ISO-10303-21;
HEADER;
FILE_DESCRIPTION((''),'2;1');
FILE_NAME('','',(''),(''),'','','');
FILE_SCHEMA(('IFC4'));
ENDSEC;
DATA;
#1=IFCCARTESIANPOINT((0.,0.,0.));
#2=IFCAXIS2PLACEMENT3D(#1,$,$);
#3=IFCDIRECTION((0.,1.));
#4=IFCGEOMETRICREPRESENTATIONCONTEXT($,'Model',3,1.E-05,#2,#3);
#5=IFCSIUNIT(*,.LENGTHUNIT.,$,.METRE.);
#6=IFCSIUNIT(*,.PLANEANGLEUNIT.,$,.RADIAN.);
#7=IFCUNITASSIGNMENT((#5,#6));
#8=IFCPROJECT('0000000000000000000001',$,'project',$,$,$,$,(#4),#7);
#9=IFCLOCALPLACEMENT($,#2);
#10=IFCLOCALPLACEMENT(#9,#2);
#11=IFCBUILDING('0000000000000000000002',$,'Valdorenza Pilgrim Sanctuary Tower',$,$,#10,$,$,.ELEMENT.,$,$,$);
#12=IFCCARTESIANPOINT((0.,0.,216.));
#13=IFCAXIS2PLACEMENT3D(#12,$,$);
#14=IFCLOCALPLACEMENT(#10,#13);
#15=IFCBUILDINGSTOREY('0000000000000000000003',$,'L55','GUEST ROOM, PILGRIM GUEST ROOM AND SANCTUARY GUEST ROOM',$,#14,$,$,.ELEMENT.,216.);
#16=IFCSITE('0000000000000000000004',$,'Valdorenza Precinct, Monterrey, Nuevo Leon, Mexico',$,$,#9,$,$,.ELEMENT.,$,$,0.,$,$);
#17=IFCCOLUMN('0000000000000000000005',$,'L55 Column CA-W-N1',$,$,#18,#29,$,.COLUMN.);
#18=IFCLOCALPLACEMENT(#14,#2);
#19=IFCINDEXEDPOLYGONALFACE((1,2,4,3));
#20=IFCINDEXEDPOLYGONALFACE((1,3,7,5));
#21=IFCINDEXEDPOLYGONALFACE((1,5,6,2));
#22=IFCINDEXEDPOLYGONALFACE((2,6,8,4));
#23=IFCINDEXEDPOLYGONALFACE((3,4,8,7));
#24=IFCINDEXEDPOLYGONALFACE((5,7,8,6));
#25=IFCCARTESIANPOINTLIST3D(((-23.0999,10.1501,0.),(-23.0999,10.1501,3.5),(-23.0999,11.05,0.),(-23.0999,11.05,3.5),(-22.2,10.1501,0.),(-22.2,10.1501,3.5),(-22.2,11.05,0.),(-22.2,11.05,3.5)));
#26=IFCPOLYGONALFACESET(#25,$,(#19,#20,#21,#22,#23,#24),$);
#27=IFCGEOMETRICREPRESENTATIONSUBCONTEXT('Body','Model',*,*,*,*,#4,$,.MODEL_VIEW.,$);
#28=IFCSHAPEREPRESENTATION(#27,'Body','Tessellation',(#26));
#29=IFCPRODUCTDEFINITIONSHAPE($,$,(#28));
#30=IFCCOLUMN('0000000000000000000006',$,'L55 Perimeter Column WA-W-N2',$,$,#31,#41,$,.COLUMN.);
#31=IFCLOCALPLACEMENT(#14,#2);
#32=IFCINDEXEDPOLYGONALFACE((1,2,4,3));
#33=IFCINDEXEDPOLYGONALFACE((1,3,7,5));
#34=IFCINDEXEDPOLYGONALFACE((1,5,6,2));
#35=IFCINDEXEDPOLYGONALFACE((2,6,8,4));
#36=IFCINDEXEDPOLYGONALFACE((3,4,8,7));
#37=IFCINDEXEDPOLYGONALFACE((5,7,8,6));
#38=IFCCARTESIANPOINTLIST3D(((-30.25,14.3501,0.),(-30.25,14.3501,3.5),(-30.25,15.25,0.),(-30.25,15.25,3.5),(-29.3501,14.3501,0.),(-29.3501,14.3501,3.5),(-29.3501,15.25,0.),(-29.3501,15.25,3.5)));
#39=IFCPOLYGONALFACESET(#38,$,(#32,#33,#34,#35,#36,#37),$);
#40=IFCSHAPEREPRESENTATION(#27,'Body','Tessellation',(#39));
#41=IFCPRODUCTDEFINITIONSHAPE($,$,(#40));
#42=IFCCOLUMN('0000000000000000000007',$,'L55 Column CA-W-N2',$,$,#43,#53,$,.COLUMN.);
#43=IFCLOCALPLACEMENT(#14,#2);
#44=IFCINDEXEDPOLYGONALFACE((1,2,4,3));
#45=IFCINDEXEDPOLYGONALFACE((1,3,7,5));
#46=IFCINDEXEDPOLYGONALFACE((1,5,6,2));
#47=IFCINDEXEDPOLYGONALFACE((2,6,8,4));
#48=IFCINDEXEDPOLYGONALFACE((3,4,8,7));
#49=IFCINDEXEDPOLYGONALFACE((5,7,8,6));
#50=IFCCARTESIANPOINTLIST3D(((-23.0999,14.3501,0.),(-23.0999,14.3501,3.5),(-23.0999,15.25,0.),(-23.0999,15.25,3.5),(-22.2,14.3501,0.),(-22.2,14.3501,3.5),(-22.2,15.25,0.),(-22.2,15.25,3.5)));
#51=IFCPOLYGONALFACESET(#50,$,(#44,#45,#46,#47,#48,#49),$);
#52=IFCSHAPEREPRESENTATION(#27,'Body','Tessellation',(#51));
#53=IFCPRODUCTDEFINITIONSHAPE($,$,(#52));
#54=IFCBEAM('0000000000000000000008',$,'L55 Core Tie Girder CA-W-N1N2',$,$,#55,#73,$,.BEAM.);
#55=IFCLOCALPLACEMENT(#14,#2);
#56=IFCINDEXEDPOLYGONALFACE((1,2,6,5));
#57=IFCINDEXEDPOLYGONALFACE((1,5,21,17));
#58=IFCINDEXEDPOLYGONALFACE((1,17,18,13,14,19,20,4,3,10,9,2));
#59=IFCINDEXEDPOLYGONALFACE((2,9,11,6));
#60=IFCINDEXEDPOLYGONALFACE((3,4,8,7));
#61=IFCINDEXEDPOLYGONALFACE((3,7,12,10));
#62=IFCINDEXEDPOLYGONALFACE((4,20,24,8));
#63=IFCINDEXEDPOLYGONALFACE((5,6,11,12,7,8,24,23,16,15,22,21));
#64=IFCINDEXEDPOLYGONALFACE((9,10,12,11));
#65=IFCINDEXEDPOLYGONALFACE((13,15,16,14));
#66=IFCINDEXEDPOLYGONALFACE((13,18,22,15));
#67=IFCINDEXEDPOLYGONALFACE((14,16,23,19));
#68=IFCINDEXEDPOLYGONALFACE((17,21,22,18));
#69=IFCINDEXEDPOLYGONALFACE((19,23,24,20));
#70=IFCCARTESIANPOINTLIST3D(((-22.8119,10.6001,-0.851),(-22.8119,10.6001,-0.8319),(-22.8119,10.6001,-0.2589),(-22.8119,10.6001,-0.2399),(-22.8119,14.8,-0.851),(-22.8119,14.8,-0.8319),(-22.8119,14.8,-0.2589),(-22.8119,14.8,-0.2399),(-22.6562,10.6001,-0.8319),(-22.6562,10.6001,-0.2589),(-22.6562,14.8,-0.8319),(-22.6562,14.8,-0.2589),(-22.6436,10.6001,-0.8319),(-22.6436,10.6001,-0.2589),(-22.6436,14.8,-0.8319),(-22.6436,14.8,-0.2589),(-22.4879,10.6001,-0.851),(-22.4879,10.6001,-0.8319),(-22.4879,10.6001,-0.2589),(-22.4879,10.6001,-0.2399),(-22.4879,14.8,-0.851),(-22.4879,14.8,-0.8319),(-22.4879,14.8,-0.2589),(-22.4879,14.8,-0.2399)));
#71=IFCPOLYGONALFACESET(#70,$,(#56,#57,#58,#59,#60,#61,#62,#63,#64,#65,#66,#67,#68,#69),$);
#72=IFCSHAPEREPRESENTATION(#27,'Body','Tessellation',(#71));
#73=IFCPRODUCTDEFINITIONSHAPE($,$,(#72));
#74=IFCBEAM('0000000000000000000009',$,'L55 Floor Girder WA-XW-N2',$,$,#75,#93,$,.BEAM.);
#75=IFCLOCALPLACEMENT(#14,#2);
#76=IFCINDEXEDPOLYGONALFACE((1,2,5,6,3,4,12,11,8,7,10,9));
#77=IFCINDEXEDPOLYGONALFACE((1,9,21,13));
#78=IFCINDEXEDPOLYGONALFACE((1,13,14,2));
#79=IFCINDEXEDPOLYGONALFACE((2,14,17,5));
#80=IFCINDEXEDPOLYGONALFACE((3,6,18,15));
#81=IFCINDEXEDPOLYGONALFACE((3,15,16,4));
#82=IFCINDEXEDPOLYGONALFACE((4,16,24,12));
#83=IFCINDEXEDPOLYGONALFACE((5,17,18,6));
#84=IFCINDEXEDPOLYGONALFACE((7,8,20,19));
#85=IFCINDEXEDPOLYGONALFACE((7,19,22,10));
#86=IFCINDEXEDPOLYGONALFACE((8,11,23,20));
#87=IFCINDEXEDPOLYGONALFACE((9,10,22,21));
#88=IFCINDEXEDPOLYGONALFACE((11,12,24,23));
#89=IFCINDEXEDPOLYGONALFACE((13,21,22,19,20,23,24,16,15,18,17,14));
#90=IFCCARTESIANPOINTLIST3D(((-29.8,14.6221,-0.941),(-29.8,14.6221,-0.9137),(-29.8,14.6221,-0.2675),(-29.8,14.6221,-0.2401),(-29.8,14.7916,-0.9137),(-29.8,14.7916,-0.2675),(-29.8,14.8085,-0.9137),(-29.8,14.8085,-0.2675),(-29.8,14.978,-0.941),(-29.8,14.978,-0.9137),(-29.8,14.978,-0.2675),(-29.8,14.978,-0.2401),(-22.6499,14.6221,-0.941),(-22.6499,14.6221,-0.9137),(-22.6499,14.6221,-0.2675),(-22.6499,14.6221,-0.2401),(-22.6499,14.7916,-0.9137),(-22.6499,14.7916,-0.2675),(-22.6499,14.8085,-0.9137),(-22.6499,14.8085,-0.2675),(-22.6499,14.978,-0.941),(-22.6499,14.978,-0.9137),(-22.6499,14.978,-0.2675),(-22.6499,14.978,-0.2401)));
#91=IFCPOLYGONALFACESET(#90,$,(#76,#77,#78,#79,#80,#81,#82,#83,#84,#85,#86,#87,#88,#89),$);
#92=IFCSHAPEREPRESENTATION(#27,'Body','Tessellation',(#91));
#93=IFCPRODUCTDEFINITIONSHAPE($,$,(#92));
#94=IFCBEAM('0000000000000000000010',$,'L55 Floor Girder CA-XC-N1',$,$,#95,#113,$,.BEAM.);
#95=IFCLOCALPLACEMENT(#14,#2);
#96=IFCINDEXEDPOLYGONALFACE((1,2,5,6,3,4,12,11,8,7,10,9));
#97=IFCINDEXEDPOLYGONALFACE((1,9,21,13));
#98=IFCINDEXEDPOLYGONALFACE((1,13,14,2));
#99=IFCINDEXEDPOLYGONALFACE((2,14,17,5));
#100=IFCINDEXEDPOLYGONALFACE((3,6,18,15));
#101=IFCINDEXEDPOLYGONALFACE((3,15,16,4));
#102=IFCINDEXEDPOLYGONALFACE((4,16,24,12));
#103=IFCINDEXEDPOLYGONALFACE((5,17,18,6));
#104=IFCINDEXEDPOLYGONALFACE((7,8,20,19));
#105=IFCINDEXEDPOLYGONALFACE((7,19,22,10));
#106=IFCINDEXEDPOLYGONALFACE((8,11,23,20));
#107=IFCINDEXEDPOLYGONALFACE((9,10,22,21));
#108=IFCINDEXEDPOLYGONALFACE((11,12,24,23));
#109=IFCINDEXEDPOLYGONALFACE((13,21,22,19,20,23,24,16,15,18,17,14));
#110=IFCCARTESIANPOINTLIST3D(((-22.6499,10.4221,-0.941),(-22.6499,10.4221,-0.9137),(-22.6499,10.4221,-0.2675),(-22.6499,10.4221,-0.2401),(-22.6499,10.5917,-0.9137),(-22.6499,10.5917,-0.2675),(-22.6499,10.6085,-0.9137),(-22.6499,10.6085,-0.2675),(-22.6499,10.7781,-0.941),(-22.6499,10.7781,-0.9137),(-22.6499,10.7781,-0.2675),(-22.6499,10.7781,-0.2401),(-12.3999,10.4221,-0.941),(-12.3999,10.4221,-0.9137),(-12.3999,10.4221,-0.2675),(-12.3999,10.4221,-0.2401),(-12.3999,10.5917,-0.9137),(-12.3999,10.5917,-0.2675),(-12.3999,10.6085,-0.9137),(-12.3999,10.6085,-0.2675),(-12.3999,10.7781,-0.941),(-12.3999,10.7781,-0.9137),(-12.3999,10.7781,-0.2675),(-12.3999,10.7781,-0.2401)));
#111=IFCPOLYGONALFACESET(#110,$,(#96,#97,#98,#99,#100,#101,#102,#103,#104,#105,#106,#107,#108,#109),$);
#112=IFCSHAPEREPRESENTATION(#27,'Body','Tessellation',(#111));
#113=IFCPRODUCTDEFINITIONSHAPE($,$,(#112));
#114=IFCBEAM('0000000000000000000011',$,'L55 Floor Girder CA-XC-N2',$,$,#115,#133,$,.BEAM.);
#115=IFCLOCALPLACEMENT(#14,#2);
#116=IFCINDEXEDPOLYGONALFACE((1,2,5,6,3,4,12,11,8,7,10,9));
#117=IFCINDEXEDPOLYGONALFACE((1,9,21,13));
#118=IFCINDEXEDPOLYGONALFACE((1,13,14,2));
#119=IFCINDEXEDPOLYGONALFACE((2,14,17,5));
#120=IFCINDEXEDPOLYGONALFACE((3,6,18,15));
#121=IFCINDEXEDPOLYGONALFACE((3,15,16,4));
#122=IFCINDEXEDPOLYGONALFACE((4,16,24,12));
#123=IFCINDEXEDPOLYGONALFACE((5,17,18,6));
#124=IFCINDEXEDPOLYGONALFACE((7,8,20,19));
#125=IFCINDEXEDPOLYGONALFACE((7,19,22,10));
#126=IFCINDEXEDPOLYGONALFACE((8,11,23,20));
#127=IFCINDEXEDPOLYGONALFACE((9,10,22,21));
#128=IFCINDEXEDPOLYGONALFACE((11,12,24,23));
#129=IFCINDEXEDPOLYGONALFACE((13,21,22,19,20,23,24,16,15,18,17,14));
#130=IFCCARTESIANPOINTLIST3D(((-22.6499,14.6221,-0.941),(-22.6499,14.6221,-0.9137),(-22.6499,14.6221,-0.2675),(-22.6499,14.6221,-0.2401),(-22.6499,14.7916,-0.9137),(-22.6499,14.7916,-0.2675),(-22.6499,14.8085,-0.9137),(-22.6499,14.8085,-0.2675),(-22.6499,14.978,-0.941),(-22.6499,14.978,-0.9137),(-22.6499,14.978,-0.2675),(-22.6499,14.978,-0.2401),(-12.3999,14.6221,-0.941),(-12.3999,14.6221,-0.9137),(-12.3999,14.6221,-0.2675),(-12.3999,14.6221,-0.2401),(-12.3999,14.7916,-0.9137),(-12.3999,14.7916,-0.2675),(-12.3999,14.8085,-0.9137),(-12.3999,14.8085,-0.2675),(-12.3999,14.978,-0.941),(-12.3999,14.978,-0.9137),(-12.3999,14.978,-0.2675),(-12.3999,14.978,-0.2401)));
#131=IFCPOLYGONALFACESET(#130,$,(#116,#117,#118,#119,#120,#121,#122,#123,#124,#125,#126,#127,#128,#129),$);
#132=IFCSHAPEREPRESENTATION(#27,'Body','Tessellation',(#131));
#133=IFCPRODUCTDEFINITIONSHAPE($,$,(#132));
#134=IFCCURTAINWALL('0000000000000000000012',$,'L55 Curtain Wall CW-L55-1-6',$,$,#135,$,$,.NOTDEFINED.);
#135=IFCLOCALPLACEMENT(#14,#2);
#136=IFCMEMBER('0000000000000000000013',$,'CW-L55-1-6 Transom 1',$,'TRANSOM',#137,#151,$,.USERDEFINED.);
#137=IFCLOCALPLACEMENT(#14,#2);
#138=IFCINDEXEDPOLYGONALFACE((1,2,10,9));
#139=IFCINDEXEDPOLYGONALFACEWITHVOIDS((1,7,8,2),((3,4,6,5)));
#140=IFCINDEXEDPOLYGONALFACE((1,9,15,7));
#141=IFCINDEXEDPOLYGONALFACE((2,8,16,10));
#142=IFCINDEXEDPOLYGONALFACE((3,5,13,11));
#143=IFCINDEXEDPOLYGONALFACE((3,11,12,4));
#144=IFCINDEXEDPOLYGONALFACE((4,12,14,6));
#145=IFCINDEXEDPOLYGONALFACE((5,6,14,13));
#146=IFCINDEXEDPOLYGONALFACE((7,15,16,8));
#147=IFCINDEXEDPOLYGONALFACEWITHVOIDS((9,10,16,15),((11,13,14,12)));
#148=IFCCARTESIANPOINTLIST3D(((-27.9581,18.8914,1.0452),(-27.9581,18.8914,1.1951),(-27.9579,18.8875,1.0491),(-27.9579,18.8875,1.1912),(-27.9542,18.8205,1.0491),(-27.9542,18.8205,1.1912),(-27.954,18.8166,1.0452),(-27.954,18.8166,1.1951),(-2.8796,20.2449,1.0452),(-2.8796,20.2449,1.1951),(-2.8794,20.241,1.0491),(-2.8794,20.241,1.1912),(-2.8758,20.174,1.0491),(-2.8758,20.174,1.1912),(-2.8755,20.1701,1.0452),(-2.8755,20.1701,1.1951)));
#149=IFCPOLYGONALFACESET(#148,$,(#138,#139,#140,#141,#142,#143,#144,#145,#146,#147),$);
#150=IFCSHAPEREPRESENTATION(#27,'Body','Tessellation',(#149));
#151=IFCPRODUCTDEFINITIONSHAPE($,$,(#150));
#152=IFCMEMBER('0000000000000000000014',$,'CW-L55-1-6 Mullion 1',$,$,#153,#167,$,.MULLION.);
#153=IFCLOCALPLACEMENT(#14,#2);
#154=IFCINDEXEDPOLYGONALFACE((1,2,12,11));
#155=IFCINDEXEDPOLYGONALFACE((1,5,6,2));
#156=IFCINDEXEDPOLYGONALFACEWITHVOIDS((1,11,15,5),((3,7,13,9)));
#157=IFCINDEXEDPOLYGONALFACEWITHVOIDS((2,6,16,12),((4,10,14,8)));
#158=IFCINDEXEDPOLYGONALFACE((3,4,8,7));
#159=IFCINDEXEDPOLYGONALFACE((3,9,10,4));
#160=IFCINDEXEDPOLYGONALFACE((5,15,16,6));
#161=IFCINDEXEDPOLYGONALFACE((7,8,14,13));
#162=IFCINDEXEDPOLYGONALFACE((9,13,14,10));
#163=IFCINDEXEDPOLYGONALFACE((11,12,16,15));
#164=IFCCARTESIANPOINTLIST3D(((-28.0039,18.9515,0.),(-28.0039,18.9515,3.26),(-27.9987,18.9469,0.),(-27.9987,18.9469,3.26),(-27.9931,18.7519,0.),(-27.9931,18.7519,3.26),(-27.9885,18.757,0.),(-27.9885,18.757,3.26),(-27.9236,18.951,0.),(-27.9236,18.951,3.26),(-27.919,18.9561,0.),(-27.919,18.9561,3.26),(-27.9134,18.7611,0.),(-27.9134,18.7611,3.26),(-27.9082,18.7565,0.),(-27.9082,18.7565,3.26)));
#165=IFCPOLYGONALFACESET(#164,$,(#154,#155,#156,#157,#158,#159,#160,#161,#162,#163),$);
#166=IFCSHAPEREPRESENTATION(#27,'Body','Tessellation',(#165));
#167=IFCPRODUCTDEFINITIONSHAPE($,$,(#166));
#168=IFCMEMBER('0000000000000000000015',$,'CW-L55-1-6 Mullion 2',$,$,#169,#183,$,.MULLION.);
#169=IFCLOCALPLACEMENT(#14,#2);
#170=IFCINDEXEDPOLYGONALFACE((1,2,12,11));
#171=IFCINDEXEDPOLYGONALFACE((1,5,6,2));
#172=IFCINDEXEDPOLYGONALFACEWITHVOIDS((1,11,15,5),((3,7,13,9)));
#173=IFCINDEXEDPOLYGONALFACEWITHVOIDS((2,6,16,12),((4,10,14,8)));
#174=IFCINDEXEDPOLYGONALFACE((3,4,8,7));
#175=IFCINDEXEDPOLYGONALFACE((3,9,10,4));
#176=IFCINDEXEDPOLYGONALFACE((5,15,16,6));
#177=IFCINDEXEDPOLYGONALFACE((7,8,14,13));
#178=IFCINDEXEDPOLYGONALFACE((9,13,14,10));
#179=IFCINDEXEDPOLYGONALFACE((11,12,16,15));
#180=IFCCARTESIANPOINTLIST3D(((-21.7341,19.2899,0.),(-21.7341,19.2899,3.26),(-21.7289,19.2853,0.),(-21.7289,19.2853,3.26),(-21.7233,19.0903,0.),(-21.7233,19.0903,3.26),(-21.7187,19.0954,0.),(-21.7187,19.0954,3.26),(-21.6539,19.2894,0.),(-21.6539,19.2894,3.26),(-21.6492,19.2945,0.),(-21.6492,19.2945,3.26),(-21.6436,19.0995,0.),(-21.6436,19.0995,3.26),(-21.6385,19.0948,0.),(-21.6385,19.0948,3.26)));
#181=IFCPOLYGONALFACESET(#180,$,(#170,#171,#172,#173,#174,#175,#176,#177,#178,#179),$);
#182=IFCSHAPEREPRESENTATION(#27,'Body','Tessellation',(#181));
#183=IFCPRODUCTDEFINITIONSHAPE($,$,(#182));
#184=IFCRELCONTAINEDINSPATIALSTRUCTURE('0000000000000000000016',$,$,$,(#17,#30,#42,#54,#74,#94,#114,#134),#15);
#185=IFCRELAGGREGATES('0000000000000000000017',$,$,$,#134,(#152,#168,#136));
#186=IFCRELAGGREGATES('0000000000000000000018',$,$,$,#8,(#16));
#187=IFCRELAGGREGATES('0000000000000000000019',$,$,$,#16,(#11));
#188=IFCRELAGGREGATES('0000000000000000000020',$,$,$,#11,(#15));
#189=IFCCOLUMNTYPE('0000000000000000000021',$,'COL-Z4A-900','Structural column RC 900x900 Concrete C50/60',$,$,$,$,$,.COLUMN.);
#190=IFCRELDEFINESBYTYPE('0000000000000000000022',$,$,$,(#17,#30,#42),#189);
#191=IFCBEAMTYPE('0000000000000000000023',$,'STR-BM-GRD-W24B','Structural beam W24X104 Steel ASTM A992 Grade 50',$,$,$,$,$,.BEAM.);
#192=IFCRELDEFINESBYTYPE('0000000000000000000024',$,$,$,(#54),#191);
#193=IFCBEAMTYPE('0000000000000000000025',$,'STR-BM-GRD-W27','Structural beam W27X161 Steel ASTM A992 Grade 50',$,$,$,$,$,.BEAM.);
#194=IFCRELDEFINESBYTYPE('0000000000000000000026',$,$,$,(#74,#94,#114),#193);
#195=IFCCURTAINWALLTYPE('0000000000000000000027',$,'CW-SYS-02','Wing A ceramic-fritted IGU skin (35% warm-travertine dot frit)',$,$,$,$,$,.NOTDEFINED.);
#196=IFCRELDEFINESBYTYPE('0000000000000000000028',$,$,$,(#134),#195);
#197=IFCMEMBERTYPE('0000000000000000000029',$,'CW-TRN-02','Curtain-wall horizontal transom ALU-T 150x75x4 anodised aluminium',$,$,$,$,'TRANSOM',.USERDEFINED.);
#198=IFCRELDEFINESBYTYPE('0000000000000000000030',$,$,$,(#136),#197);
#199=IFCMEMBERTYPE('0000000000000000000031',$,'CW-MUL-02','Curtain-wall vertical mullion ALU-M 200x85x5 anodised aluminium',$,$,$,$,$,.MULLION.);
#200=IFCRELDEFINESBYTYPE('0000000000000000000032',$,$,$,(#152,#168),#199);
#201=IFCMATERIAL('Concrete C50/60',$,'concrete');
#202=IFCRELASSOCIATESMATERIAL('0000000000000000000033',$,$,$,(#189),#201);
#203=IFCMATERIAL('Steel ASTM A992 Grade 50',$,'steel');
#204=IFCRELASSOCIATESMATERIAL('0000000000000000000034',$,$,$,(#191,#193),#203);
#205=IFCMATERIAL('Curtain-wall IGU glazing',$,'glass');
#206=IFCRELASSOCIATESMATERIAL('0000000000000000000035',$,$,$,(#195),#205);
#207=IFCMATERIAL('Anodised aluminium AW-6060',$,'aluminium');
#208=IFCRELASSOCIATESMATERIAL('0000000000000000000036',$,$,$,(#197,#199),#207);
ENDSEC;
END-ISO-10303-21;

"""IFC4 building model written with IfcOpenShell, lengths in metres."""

from ifc_helpers import new_model, si_unit, direction, frame, origin, origin_2d, place, context, subcontext, project, spatial, rectangle, hollow_rectangle, i_section, extrude, source, transform, mapped, material, material_profile, profile_set, type_object, element, aggregate, save


model = new_model("IFC4")

# Units and contexts
model_context = context("Model", 3, precision=1e-05, world=origin(), true_north=direction((0.0, 1.0)))
body_context = subcontext(model_context, "Body", "Model", "MODEL_VIEW")
ifc_project = project(units=[si_unit("LENGTHUNIT", "METRE"), si_unit("PLANEANGLEUNIT", "RADIAN")], contexts=[model_context])

# Site, building, storey
site_placement = place(None, origin())
site = spatial("IfcSite", under=ifc_project, at=site_placement, Name="Valdorenza Precinct, Monterrey, Nuevo Leon, Mexico", CompositionType="ELEMENT", RefElevation=0.0)
building_placement = place(site_placement, origin())
building = spatial("IfcBuilding", under=site, at=building_placement, Name="Valdorenza Pilgrim Sanctuary Tower", CompositionType="ELEMENT")
storey_placement = place(building_placement, frame((0.0, 0.0, 216.0)))
storey = spatial("IfcBuildingStorey", under=building, at=storey_placement, Name="L55", Description="GUEST ROOM, PILGRIM GUEST ROOM AND SANCTUARY GUEST ROOM", CompositionType="ELEMENT", Elevation=216.0)

# Columns
ifc_material_1 = material(Name="Concrete C50/60", Category="concrete")
ifc_material_profile_1 = material_profile(ifc_material_1, rectangle(XDim=0.8999, YDim=0.8999, at=origin_2d()), Name="RC 900x900")
ifc_profile_set_1 = profile_set([ifc_material_profile_1], Name="Concrete C50/60")
column_type = type_object("IfcColumnType", Name="COL-Z4A-900", Description="Structural column RC 900x900 Concrete C50/60", PredefinedType="COLUMN", material=ifc_profile_set_1)
shared_shape_1 = source(origin(), body_context, "Body", "SweptSolid", [
    extrude(rectangle(XDim=0.8999, YDim=0.8999, at=origin_2d()), origin(), (0.0, 0.0, 1.0), 3.5),
])
for number, where, z_axis, x_axis, name in (
    (1, (-22.6499, 10.6001, 0.0), (0.0, 0.0, 1.0), (1.0, 0.0, 0.0), "L55 Column CA-W-N1"),
    (2, (-29.8, 14.8, 0.0), (0.0, 0.0, 1.0), (1.0, 0.0, 0.0), "L55 Perimeter Column WA-W-N2"),
    (3, (-22.6499, 14.8, 0.0), (0.0, 0.0, 1.0), (1.0, 0.0, 0.0), "L55 Column CA-W-N2"),
):
    element("IfcColumn", number, at=place(storey_placement, frame(where, z_axis=z_axis, x_axis=x_axis)), inside=storey, type_object=column_type, Name=name, PredefinedType="COLUMN", context=body_context, shape_type="MappedRepresentation", body=[
        mapped(shared_shape_1, transform((0.0, 0.0, 0.0), x_axis=(1.0, 0.0, 0.0), y_axis=(0.0, 1.0, 0.0), z_axis=(0.0, 0.0, 1.0), scale=1.0)),
    ])

# Beams
ifc_material_2 = material(Name="Steel ASTM A992 Grade 50", Category="steel")
ifc_material_profile_2 = material_profile(ifc_material_2, i_section(OverallWidth=0.324, OverallDepth=0.6111, WebThickness=0.0127, FlangeThickness=0.019, at=origin_2d()), Name="W24X104")
ifc_profile_set_2 = profile_set([ifc_material_profile_2], Name="Steel ASTM A992 Grade 50")
beam_type_1 = type_object("IfcBeamType", Name="STR-BM-GRD-W24B", Description="Structural beam W24X104 Steel ASTM A992 Grade 50", PredefinedType="BEAM", material=ifc_profile_set_2)
shared_shape_2 = source(origin(), body_context, "Body", "SweptSolid", [
    extrude(i_section(OverallWidth=0.324, OverallDepth=0.6111, WebThickness=0.0127, FlangeThickness=0.019, at=origin_2d()), origin(), (0.0, 0.0, 1.0), 4.2),
])
beam_1_placement = place(storey_placement, frame((-22.6499, 10.6001, -0.5454), z_axis=(0.0, 1.0, 0.0), x_axis=(-1.0, 0.0, 0.0)))
element("IfcBeam", 4, at=beam_1_placement, inside=storey, type_object=beam_type_1, Name="L55 Core Tie Girder CA-W-N1N2", PredefinedType="BEAM", context=body_context, shape_type="MappedRepresentation", body=[
    mapped(shared_shape_2, transform((0.0, 0.0, 0.0), x_axis=(1.0, 0.0, 0.0), y_axis=(0.0, 1.0, 0.0), z_axis=(0.0, 0.0, 1.0), scale=1.0)),
])
ifc_material_profile_3 = material_profile(ifc_material_2, i_section(OverallWidth=0.356, OverallDepth=0.7009, WebThickness=0.0168, FlangeThickness=0.0273, at=origin_2d()), Name="W27X161")
ifc_profile_set_3 = profile_set([ifc_material_profile_3], Name="Steel ASTM A992 Grade 50")
beam_type_2 = type_object("IfcBeamType", Name="STR-BM-GRD-W27", Description="Structural beam W27X161 Steel ASTM A992 Grade 50", PredefinedType="BEAM", material=ifc_profile_set_3)
shared_shape_3 = source(origin(), body_context, "Body", "SweptSolid", [
    extrude(i_section(OverallWidth=0.356, OverallDepth=0.7009, WebThickness=0.0168, FlangeThickness=0.0273, at=origin_2d()), origin(), (0.0, 0.0, 1.0), 7.1501),
])
beam_2_placement = place(storey_placement, frame((-29.8, 14.8, -0.5906), z_axis=(1.0, 0.0, 0.0), x_axis=(0.0, 1.0, 0.0)))
element("IfcBeam", 5, at=beam_2_placement, inside=storey, type_object=beam_type_2, Name="L55 Floor Girder WA-XW-N2", PredefinedType="BEAM", context=body_context, shape_type="MappedRepresentation", body=[
    mapped(shared_shape_3, transform((0.0, 0.0, 0.0), x_axis=(1.0, 0.0, 0.0), y_axis=(0.0, 1.0, 0.0), z_axis=(0.0, 0.0, 1.0), scale=1.0)),
])
shared_shape_4 = source(origin(), body_context, "Body", "SweptSolid", [
    extrude(i_section(OverallWidth=0.356, OverallDepth=0.7009, WebThickness=0.0168, FlangeThickness=0.0273, at=origin_2d()), origin(), (0.0, 0.0, 1.0), 10.25),
])
for number, where, z_axis, x_axis, name in (
    (6, (-22.6499, 10.6001, -0.5906), (1.0, 0.0, 0.0), (0.0, 1.0, 0.0), "L55 Floor Girder CA-XC-N1"),
    (7, (-22.6499, 14.8, -0.5906), (1.0, 0.0, 0.0), (0.0, 1.0, 0.0), "L55 Floor Girder CA-XC-N2"),
):
    element("IfcBeam", number, at=place(storey_placement, frame(where, z_axis=z_axis, x_axis=x_axis)), inside=storey, type_object=beam_type_2, Name=name, PredefinedType="BEAM", context=body_context, shape_type="MappedRepresentation", body=[
        mapped(shared_shape_4, transform((0.0, 0.0, 0.0), x_axis=(1.0, 0.0, 0.0), y_axis=(0.0, 1.0, 0.0), z_axis=(0.0, 0.0, 1.0), scale=1.0)),
    ])

# Curtain wall, members
ifc_material_3 = material(Name="Curtain-wall IGU glazing", Category="glass")
curtain_wall_type = type_object("IfcCurtainWallType", Name="CW-SYS-02", Description="Wing A ceramic-fritted IGU skin (35% warm-travertine dot frit)", PredefinedType="NOTDEFINED", material=ifc_material_3)
curtain_wall_placement = place(storey_placement, origin())
curtain_wall = element("IfcCurtainWall", 8, at=curtain_wall_placement, inside=storey, type_object=curtain_wall_type, Name="L55 Curtain Wall CW-L55-1-6", PredefinedType="NOTDEFINED")
ifc_material_4 = material(Name="Anodised aluminium AW-6060", Category="aluminium")
ifc_material_profile_4 = material_profile(ifc_material_4, hollow_rectangle(XDim=0.075, YDim=0.1499, WallThickness=0.0039, at=origin_2d()), Name="ALU-T 150x75x4")
ifc_profile_set_4 = profile_set([ifc_material_profile_4], Name="Anodised aluminium AW-6060")
member_type_1 = type_object("IfcMemberType", Name="CW-TRN-02", Description="Curtain-wall horizontal transom ALU-T 150x75x4 anodised aluminium", ElementType="TRANSOM", PredefinedType="USERDEFINED", material=ifc_profile_set_4)
shared_shape_5 = source(origin(), body_context, "Body", "SweptSolid", [
    extrude(hollow_rectangle(XDim=0.075, YDim=0.1499, WallThickness=0.0039, at=origin_2d()), origin(), (0.0, 0.0, 1.0), 25.115),
])
member_1_placement = place(storey_placement, frame((-27.9561, 18.854, 1.1201), z_axis=(0.998547, 0.053893, 0.0), x_axis=(-0.053893, 0.998547, 0.0)))
member_1 = element("IfcMember", 9, at=member_1_placement, type_object=member_type_1, Name="CW-L55-1-6 Transom 1", ObjectType="TRANSOM", PredefinedType="USERDEFINED", context=body_context, shape_type="MappedRepresentation", body=[
    mapped(shared_shape_5, transform((0.0, 0.0, 0.0), x_axis=(1.0, 0.0, 0.0), y_axis=(0.0, 1.0, 0.0), z_axis=(0.0, 0.0, 1.0), scale=1.0)),
])
ifc_material_profile_5 = material_profile(ifc_material_4, hollow_rectangle(XDim=0.085, YDim=0.2, WallThickness=0.0049, at=origin_2d()), Name="ALU-M 200x85x5")
ifc_profile_set_5 = profile_set([ifc_material_profile_5], Name="Anodised aluminium AW-6060")
member_type_2 = type_object("IfcMemberType", Name="CW-MUL-02", Description="Curtain-wall vertical mullion ALU-M 200x85x5 anodised aluminium", PredefinedType="MULLION", material=ifc_profile_set_5)
shared_shape_6 = source(origin(), body_context, "Body", "SweptSolid", [
    extrude(hollow_rectangle(XDim=0.085, YDim=0.2, WallThickness=0.0049, at=origin_2d()), origin(), (0.0, 0.0, 1.0), 3.26),
])
member_2_placement = place(storey_placement, frame((-27.9561, 18.854, 0.0), z_axis=(0.0, 0.0, 1.0), x_axis=(0.998547, 0.053887, 0.0)))
member_2 = element("IfcMember", 10, at=member_2_placement, type_object=member_type_2, Name="CW-L55-1-6 Mullion 1", PredefinedType="MULLION", context=body_context, shape_type="MappedRepresentation", body=[
    mapped(shared_shape_6, transform((0.0, 0.0, 0.0), x_axis=(1.0, 0.0, 0.0), y_axis=(0.0, 1.0, 0.0), z_axis=(0.0, 0.0, 1.0), scale=1.0)),
])
member_3_placement = place(storey_placement, frame((-21.6863, 19.1924, 0.0), z_axis=(0.0, 0.0, 1.0), x_axis=(0.998547, 0.053887, 0.0)))
member_3 = element("IfcMember", 11, at=member_3_placement, type_object=member_type_2, Name="CW-L55-1-6 Mullion 2", PredefinedType="MULLION", context=body_context, shape_type="MappedRepresentation", body=[
    mapped(shared_shape_6, transform((0.0, 0.0, 0.0), x_axis=(1.0, 0.0, 0.0), y_axis=(0.0, 1.0, 0.0), z_axis=(0.0, 0.0, 1.0), scale=1.0)),
])
aggregate(curtain_wall, [member_2, member_3, member_1])

save(model, "model.ifc")
